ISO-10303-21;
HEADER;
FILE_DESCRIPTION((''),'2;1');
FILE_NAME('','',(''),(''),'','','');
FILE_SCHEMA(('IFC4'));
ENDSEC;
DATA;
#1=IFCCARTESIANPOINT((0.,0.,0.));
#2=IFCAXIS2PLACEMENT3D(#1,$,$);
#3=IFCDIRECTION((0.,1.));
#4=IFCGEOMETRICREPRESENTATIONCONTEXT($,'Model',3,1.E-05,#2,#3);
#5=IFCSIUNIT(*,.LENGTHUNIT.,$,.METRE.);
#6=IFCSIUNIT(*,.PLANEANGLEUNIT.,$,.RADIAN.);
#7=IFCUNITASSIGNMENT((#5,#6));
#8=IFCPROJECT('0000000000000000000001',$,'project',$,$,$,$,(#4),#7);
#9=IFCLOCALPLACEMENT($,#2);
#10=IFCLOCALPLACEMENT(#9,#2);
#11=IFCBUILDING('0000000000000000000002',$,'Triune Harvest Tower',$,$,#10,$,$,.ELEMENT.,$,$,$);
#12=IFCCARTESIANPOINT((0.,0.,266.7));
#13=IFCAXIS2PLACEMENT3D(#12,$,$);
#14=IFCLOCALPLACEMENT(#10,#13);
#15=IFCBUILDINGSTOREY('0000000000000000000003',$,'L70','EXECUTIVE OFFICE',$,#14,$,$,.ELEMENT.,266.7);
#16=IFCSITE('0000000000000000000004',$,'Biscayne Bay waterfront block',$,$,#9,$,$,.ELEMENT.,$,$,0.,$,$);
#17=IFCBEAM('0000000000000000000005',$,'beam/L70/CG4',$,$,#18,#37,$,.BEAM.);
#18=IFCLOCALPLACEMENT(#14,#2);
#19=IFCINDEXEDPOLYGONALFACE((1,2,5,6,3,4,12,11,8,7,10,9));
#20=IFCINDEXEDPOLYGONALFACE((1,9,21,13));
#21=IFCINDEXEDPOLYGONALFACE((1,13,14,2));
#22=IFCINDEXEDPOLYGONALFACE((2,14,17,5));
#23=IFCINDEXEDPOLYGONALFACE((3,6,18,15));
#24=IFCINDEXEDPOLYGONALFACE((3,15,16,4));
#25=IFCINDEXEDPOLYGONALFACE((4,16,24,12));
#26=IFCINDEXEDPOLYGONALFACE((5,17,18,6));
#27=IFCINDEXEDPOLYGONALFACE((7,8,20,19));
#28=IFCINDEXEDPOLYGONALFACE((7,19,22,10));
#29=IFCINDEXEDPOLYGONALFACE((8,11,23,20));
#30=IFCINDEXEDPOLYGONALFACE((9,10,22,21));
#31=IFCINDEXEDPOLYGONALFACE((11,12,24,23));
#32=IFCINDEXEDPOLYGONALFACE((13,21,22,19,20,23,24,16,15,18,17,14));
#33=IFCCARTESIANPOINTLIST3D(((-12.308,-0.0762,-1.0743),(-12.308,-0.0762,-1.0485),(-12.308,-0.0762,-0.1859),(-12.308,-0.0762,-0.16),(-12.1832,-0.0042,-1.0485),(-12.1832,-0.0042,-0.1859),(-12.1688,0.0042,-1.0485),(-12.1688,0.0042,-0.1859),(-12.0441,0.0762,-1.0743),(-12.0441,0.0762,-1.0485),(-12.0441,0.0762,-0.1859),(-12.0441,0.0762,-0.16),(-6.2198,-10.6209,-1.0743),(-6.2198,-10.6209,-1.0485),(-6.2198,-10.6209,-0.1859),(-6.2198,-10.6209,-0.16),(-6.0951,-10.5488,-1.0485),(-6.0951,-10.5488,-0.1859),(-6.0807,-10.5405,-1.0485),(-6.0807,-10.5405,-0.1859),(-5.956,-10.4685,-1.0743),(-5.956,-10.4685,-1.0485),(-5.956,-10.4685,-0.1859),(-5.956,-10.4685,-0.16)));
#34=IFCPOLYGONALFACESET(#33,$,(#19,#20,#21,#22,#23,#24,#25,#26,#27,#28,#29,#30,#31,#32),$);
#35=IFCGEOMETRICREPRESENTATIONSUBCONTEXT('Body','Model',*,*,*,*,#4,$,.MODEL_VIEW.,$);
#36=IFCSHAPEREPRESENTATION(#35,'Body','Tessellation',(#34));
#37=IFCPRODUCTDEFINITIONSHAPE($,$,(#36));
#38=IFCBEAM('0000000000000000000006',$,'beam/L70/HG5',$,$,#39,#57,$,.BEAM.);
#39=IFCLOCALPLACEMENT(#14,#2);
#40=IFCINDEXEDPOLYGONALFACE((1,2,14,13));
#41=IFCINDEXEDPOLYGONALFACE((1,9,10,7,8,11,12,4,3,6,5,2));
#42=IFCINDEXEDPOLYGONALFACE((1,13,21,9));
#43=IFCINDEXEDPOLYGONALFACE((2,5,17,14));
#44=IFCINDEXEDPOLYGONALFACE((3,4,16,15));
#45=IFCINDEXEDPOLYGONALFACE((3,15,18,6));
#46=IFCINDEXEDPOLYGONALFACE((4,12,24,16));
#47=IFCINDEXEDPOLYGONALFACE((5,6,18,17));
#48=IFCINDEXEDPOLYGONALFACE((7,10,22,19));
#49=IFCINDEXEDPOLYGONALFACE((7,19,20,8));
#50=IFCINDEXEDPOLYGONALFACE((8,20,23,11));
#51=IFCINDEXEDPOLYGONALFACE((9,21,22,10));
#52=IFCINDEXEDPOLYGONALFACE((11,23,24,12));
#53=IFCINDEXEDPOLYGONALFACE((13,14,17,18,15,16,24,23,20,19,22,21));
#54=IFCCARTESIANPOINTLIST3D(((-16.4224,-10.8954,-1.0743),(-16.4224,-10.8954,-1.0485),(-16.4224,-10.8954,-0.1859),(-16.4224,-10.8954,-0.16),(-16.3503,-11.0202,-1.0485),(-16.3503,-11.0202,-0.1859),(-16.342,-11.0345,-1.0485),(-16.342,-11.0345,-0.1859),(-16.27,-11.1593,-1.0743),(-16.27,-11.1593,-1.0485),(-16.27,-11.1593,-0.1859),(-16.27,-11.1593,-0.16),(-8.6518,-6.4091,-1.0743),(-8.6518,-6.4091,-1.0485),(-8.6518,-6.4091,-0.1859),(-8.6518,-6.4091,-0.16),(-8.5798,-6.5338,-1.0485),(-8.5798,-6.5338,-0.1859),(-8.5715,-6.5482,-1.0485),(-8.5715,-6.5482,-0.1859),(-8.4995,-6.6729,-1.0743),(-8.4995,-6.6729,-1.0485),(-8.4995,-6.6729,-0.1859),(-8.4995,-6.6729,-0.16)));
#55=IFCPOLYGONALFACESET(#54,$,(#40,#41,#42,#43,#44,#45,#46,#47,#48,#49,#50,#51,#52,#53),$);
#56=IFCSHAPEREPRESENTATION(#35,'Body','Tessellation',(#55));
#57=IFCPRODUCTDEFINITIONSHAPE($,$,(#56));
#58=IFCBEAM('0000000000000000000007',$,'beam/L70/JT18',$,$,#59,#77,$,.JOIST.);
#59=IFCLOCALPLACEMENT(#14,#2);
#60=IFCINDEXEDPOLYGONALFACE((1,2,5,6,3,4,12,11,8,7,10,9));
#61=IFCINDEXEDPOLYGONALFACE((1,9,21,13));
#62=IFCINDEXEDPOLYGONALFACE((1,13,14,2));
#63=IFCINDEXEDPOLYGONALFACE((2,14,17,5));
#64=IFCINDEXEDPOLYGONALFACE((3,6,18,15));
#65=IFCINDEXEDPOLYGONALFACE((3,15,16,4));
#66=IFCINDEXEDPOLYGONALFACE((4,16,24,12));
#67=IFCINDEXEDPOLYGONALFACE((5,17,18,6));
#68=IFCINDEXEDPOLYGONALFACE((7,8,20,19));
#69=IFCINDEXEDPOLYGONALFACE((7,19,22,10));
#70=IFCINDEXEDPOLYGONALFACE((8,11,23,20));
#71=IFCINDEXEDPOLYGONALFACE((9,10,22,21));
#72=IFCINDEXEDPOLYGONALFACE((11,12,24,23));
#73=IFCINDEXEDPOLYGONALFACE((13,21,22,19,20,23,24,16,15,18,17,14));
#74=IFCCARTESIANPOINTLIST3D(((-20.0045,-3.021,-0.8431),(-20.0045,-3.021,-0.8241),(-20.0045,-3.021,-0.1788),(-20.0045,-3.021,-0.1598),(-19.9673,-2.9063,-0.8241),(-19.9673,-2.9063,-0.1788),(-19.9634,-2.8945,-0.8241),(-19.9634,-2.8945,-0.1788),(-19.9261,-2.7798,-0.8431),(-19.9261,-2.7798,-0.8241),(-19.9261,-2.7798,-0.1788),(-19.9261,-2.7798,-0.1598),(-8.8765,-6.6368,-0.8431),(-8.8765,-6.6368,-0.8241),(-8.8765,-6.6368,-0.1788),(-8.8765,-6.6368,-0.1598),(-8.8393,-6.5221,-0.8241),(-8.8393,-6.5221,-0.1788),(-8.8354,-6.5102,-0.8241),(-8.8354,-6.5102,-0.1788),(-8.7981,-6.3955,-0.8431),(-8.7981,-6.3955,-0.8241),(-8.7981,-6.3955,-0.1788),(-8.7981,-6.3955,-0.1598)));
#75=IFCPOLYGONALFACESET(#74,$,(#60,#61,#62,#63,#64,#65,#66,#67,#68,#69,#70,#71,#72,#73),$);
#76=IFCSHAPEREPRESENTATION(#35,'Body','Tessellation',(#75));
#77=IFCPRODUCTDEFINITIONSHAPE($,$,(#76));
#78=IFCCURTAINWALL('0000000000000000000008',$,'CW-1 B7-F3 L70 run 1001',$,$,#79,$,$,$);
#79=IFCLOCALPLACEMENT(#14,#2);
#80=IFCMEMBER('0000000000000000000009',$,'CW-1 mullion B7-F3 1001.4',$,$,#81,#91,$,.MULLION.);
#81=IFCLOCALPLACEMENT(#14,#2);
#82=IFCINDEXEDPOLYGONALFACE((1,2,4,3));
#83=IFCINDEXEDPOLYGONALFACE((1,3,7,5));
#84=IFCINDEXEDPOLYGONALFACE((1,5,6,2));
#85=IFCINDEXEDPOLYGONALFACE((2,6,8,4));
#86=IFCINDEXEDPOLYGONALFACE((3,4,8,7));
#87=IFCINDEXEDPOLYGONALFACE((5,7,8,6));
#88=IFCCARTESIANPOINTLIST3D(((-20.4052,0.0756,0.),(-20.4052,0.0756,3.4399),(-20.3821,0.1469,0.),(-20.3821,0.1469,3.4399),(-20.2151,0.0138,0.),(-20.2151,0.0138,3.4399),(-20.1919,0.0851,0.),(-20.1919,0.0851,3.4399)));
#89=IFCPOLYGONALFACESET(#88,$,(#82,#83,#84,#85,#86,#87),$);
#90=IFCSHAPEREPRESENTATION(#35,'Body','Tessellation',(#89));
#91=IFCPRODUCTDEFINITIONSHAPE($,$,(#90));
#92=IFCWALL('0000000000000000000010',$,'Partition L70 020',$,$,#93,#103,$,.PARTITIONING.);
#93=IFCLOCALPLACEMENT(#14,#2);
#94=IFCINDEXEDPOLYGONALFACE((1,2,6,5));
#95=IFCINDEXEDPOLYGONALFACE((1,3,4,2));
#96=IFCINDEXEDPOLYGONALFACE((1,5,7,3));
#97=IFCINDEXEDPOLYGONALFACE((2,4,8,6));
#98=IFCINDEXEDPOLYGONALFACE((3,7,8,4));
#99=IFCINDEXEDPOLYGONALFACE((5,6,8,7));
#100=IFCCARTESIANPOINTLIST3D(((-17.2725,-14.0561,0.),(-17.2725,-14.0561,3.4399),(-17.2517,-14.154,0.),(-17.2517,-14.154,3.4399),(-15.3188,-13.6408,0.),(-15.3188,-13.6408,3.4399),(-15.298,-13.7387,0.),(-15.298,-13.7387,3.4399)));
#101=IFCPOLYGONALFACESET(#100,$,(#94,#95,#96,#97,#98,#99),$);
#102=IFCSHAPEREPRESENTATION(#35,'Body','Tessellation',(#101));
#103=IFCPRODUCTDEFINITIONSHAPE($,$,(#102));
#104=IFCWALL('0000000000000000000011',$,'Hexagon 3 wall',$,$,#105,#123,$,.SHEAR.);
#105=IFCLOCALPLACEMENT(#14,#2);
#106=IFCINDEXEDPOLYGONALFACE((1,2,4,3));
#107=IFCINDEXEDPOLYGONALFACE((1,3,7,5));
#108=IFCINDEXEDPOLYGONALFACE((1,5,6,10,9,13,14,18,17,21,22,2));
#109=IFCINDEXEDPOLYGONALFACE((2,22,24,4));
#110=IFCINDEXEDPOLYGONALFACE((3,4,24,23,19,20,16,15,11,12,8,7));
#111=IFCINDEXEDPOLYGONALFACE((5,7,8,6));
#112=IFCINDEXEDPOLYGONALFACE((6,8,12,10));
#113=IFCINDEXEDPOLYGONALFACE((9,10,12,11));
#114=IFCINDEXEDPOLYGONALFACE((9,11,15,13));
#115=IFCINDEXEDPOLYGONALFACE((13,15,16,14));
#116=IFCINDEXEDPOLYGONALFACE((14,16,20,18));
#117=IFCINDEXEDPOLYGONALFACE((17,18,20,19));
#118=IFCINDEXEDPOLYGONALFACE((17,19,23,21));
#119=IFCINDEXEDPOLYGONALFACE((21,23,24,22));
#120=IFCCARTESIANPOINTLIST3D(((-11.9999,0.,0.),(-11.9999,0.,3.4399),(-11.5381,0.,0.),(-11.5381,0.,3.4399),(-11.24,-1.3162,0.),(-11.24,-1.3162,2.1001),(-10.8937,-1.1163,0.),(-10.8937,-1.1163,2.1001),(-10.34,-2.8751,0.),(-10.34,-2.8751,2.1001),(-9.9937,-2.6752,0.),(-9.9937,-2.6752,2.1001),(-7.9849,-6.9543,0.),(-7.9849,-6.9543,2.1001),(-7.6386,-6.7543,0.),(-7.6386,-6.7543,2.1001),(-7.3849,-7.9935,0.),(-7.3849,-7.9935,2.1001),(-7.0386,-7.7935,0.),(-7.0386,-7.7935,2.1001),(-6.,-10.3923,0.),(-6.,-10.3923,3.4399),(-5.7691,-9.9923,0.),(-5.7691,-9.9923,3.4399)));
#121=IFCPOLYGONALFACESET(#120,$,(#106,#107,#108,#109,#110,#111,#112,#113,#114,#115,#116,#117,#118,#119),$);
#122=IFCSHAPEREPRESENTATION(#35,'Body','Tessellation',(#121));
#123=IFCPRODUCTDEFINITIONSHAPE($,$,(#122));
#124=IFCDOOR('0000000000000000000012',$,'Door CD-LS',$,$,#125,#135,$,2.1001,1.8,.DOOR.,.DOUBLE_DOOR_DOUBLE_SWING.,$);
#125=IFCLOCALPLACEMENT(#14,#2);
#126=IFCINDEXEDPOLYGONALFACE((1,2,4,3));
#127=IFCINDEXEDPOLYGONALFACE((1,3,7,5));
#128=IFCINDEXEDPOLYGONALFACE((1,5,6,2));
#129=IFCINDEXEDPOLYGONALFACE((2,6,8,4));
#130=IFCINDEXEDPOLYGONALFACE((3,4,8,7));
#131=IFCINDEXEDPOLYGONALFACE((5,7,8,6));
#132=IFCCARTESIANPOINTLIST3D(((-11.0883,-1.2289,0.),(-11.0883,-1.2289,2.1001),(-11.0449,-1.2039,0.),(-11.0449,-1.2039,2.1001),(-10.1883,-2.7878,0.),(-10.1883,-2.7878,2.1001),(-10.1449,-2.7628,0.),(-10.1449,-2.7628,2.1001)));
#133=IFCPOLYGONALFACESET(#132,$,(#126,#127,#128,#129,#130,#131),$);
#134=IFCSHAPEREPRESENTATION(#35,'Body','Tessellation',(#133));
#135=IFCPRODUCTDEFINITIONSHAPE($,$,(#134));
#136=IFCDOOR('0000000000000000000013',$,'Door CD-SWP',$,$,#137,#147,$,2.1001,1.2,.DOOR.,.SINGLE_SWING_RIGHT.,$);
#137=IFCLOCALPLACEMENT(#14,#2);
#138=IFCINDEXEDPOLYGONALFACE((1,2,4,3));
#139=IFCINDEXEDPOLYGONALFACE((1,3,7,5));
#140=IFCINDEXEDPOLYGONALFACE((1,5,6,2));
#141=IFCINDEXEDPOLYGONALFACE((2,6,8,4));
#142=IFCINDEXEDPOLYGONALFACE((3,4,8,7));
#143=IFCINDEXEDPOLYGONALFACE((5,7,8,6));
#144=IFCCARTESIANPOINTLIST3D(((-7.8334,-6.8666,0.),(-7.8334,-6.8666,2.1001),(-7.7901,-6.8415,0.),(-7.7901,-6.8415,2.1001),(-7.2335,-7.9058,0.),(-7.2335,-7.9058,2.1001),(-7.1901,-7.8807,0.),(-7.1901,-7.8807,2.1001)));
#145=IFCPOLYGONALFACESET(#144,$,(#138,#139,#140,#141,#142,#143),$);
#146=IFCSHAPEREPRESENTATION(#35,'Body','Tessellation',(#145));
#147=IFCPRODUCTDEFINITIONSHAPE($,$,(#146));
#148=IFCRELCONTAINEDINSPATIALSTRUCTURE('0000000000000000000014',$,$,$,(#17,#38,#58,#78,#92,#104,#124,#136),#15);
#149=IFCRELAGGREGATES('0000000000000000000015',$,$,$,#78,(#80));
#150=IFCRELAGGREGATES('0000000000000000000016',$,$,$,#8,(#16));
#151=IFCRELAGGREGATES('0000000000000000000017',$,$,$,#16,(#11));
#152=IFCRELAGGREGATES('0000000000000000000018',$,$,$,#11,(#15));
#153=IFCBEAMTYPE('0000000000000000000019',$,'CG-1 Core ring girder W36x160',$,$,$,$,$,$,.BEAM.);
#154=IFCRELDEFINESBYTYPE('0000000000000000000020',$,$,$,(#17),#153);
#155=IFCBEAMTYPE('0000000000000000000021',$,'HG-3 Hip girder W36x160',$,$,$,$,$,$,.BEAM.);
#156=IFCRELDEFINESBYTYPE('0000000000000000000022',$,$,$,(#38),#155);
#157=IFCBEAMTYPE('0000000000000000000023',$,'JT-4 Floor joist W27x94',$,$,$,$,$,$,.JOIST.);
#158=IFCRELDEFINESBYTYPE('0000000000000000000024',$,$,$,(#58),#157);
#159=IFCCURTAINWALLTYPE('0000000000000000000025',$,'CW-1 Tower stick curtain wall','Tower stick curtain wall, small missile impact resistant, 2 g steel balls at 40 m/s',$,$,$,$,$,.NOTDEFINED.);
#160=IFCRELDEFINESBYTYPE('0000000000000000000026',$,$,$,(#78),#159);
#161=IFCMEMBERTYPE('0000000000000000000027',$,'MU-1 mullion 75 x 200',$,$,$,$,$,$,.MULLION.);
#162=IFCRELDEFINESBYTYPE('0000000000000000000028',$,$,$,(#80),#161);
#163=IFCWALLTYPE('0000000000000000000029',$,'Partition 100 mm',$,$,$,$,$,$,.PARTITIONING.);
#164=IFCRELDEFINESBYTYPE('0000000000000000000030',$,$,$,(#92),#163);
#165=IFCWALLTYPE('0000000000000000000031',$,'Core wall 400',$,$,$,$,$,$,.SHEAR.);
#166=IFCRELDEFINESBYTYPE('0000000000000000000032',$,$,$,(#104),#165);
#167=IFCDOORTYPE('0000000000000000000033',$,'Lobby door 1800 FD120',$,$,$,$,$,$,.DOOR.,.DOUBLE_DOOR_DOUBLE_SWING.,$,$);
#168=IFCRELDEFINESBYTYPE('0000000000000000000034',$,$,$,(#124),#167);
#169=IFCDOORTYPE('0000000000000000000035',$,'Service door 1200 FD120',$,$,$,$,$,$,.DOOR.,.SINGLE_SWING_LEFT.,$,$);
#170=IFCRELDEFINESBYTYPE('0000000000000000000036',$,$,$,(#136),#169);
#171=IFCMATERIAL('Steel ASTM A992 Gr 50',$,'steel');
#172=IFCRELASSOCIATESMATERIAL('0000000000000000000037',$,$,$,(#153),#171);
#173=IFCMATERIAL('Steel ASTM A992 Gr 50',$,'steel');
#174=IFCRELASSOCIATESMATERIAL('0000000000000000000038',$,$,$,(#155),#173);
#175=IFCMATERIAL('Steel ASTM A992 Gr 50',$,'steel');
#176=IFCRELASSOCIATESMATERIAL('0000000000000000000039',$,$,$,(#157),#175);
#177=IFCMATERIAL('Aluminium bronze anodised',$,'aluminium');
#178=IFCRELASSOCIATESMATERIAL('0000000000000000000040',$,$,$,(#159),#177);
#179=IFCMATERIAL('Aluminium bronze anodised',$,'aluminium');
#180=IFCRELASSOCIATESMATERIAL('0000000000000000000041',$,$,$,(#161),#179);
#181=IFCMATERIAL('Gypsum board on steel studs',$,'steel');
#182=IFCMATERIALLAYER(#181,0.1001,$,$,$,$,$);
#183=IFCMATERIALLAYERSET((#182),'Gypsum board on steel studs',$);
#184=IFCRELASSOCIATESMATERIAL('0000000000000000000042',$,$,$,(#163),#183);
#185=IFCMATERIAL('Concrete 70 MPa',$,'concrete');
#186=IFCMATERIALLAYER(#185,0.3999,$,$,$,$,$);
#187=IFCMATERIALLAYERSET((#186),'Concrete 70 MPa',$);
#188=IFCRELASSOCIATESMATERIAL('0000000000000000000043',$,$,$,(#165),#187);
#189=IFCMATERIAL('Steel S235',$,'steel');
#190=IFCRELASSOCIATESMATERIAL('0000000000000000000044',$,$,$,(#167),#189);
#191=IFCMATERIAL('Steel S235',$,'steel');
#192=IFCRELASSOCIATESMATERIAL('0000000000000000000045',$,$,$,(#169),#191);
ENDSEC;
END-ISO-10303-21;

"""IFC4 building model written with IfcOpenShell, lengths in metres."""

from ifc_helpers import new_model, si_unit, direction, frame, frame_2d, origin, origin_2d, place, context, subcontext, project, spatial, polyline, rectangle, i_section, outline, extrude, source, transform, mapped, material, layer, layer_set, material_profile, profile_set, type_object, element, fill, aggregate, save


model = new_model("IFC4")

# Units and contexts
model_context = context("Model", 3, precision=1e-05, world=origin(), true_north=direction((0.0, 1.0)))
body_context = subcontext(model_context, "Body", "Model", "MODEL_VIEW")
ifc_project = project(units=[si_unit("LENGTHUNIT", "METRE"), si_unit("PLANEANGLEUNIT", "RADIAN")], contexts=[model_context])

# Site, building, storey
site_placement = place(None, origin())
site = spatial("IfcSite", under=ifc_project, at=site_placement, Name="Biscayne Bay waterfront block", CompositionType="ELEMENT", RefElevation=0.0)
building_placement = place(site_placement, origin())
building = spatial("IfcBuilding", under=site, at=building_placement, Name="Triune Harvest Tower", CompositionType="ELEMENT")
storey_placement = place(building_placement, frame((0.0, 0.0, 266.7)))
storey = spatial("IfcBuildingStorey", under=building, at=storey_placement, Name="L70", Description="EXECUTIVE OFFICE", CompositionType="ELEMENT", Elevation=266.7)

# Beams
ifc_material_1 = material(Name="Steel ASTM A992 Gr 50", Category="steel")
ifc_material_profile_1 = material_profile(ifc_material_1, i_section(OverallWidth=0.3047, OverallDepth=0.9143, WebThickness=0.0166, FlangeThickness=0.0259, at=origin_2d()), Name="W36x160")
ifc_profile_set_1 = profile_set([ifc_material_profile_1], Name="Steel ASTM A992 Gr 50")
beam_type_1 = type_object("IfcBeamType", Name="CG-1 Core ring girder W36x160", PredefinedType="BEAM", material=ifc_profile_set_1)
shared_shape_1 = source(origin(), body_context, "Body", "SweptSolid", [
    extrude(i_section(OverallWidth=0.3047, OverallDepth=0.9143, WebThickness=0.0166, FlangeThickness=0.0259, at=origin_2d()), origin(), (0.0, 0.0, 1.0), 12.176),
])
beam_1_placement = place(storey_placement, frame((-12.176, 0.0, -0.6172), z_axis=(0.50001, -0.86602, 0.0), x_axis=(0.86602, 0.50001, 0.0)))
element("IfcBeam", 1, at=beam_1_placement, inside=storey, type_object=beam_type_1, Name="beam/L70/CG4", PredefinedType="BEAM", context=body_context, shape_type="MappedRepresentation", body=[
    mapped(shared_shape_1, transform((0.0, 0.0, 0.0), scale=1.0)),
])
ifc_material_2 = material(Name="Steel ASTM A992 Gr 50", Category="steel")
ifc_material_profile_2 = material_profile(ifc_material_2, i_section(OverallWidth=0.3047, OverallDepth=0.9143, WebThickness=0.0166, FlangeThickness=0.0259, at=origin_2d()), Name="W36x160")
ifc_profile_set_2 = profile_set([ifc_material_profile_2], Name="Steel ASTM A992 Gr 50")
beam_type_2 = type_object("IfcBeamType", Name="HG-3 Hip girder W36x160", PredefinedType="BEAM", material=ifc_profile_set_2)
shared_shape_2 = source(origin(), body_context, "Body", "SweptSolid", [
    extrude(i_section(OverallWidth=0.3047, OverallDepth=0.9143, WebThickness=0.0166, FlangeThickness=0.0259, at=origin_2d()), origin(), (0.0, 0.0, 1.0), 8.9727),
])
beam_2_placement = place(storey_placement, frame((-16.3462, -11.0273, -0.6172), z_axis=(0.866024, 0.500002, 0.0), x_axis=(-0.500002, 0.866024, 0.0)))
element("IfcBeam", 2, at=beam_2_placement, inside=storey, type_object=beam_type_2, Name="beam/L70/HG5", PredefinedType="BEAM", context=body_context, shape_type="MappedRepresentation", body=[
    mapped(shared_shape_2, transform((0.0, 0.0, 0.0), scale=1.0)),
])
ifc_material_3 = material(Name="Steel ASTM A992 Gr 50", Category="steel")
ifc_material_profile_3 = material_profile(ifc_material_3, i_section(OverallWidth=0.2537, OverallDepth=0.6833, WebThickness=0.0125, FlangeThickness=0.019, at=origin_2d()), Name="W27x94")
ifc_profile_set_3 = profile_set([ifc_material_profile_3], Name="Steel ASTM A992 Gr 50")
beam_type_3 = type_object("IfcBeamType", Name="JT-4 Floor joist W27x94", PredefinedType="JOIST", material=ifc_profile_set_3)
shared_shape_3 = source(origin(), body_context, "Body", "SweptSolid", [
    extrude(i_section(OverallWidth=0.2537, OverallDepth=0.6833, WebThickness=0.0125, FlangeThickness=0.019, at=origin_2d()), origin(), (0.0, 0.0, 1.0), 11.7007),
])
beam_3_placement = place(storey_placement, frame((-19.9653, -2.9004, -0.5015), z_axis=(0.951056, -0.30902, 0.0), x_axis=(0.30902, 0.951056, 0.0)))
element("IfcBeam", 3, at=beam_3_placement, inside=storey, type_object=beam_type_3, Name="beam/L70/JT18", PredefinedType="JOIST", context=body_context, shape_type="MappedRepresentation", body=[
    mapped(shared_shape_3, transform((0.0, 0.0, 0.0), scale=1.0)),
])

# Curtain wall, member
ifc_material_4 = material(Name="Aluminium bronze anodised", Category="aluminium")
curtain_wall_type = type_object("IfcCurtainWallType", Name="CW-1 Tower stick curtain wall", Description="Tower stick curtain wall, small missile impact resistant, 2 g steel balls at 40 m/s", PredefinedType="NOTDEFINED", material=ifc_material_4)
curtain_wall_placement = place(storey_placement, origin())
curtain_wall = element("IfcCurtainWall", 4, at=curtain_wall_placement, inside=storey, type_object=curtain_wall_type, Name="CW-1 B7-F3 L70 run 1001")
ifc_material_5 = material(Name="Aluminium bronze anodised", Category="aluminium")
ifc_material_profile_4 = material_profile(ifc_material_5, rectangle(XDim=0.2, YDim=0.075, at=origin_2d()), Name="MU-1 mullion 75 x 200")
ifc_profile_set_4 = profile_set([ifc_material_profile_4], Name="Aluminium bronze anodised")
member_type = type_object("IfcMemberType", Name="MU-1 mullion 75 x 200", PredefinedType="MULLION", material=ifc_profile_set_4)
shared_shape_4 = source(origin(), body_context, "Body", "SweptSolid", [
    extrude(rectangle(XDim=0.2, YDim=0.075, at=origin_2d()), origin(), (0.0, 0.0, 1.0), 3.4399),
])
member_placement = place(storey_placement, frame((-20.2986, 0.0803, 0.0), z_axis=(0.0, 0.0, 1.0), x_axis=(0.951054, -0.309024, 0.0)))
member = element("IfcMember", 5, at=member_placement, type_object=member_type, Name="CW-1 mullion B7-F3 1001.4", PredefinedType="MULLION", context=body_context, shape_type="MappedRepresentation", body=[
    mapped(shared_shape_4, transform((0.0, 0.0, 0.0), scale=1.0)),
])
aggregate(curtain_wall, [member])

# Wall
ifc_material_6 = material(Name="Gypsum board on steel studs", Category="steel")
ifc_layer_1 = layer(ifc_material_6, 0.1001)
ifc_layer_set_1 = layer_set([ifc_layer_1], Name="Gypsum board on steel studs")
wall_type_1 = type_object("IfcWallType", Name="Partition 100 mm", PredefinedType="PARTITIONING", material=ifc_layer_set_1)
wall_1_placement = place(storey_placement, frame((-17.262, -14.105, 0.0), z_axis=(0.0, 0.0, 1.0), x_axis=(0.978145, 0.207926, 0.0)))
element("IfcWall", 6, at=wall_1_placement, inside=storey, type_object=wall_type_1, Name="Partition L70 020", PredefinedType="PARTITIONING", context=body_context, shape_type="SweptSolid", body=[
    extrude(rectangle(XDim=1.9973, YDim=0.1001, at=frame_2d((0.9985, 0.0))), origin(), (0.0, 0.0, 1.0), 3.4399),
])

# Wall, openings, doors
ifc_material_7 = material(Name="Concrete 70 MPa", Category="concrete")
ifc_layer_2 = layer(ifc_material_7, 0.3999)
ifc_layer_set_2 = layer_set([ifc_layer_2], Name="Concrete 70 MPa")
wall_type_2 = type_object("IfcWallType", Name="Core wall 400", PredefinedType="SHEAR", material=ifc_layer_set_2)
shared_shape_5 = source(origin(), body_context, "Body", "SweptSolid", [
    extrude(outline(polyline([(-0.1155, -0.2), (11.8845, -0.2), (11.6536, 0.2), (0.1155, 0.2), (-0.1155, -0.2)])), origin(), (0.0, 0.0, 1.0), 3.4399),
])
wall_2_placement = place(storey_placement, frame((-11.769, 0.0, 0.0), z_axis=(0.0, 0.0, 1.0), x_axis=(0.499997, -0.866027, 0.0)))
wall_2 = element("IfcWall", 7, at=wall_2_placement, inside=storey, type_object=wall_type_2, Name="Hexagon 3 wall", PredefinedType="SHEAR", context=body_context, shape_type="MappedRepresentation", body=[
    mapped(shared_shape_5, transform((0.0, 0.0, 0.0), scale=1.0)),
])
opening_1_placement = place(wall_2_placement, frame((1.4045, 0.0, 0.0)))
opening_1 = element("IfcOpeningElement", 8, at=opening_1_placement, cuts=wall_2, PredefinedType="OPENING", context=body_context, shape_type="SweptSolid", body=[
    extrude(rectangle(XDim=1.8, YDim=2.1001, at=frame_2d((0.8999, 1.05))), frame((0.0, 0.21, 0.0), z_axis=(0.0, -1.0, 0.0), x_axis=(1.0, 0.0, 0.0)), (0.0, 0.0, 1.0), 0.4199),
])
opening_2_placement = place(wall_2_placement, frame((7.9146, 0.0, 0.0)))
opening_2 = element("IfcOpeningElement", 9, at=opening_2_placement, cuts=wall_2, PredefinedType="OPENING", context=body_context, shape_type="SweptSolid", body=[
    extrude(rectangle(XDim=1.2, YDim=2.1001, at=frame_2d((0.6001, 1.05))), frame((0.0, 0.21, 0.0), z_axis=(0.0, -1.0, 0.0), x_axis=(1.0, 0.0, 0.0)), (0.0, 0.0, 1.0), 0.4199),
])
ifc_material_8 = material(Name="Steel S235", Category="steel")
door_type_1 = type_object("IfcDoorType", Name="Lobby door 1800 FD120", OperationType="DOUBLE_DOOR_DOUBLE_SWING", PredefinedType="DOOR", material=ifc_material_8)
door_1_placement = place(opening_1_placement, frame((1.8, 0.0, 0.0), z_axis=(0.0, 0.0, 1.0), x_axis=(-1.0, 0.0, 0.0)))
door_1 = element("IfcDoor", 10, at=door_1_placement, inside=storey, type_object=door_type_1, Name="Door CD-LS", OperationType="DOUBLE_DOOR_DOUBLE_SWING", OverallHeight=2.1001, OverallWidth=1.8, PredefinedType="DOOR", context=body_context, shape_type="SweptSolid", body=[
    extrude(rectangle(XDim=1.8, YDim=2.1001, at=frame_2d((0.8999, 1.05))), frame((0.0, 0.0249, 0.0), z_axis=(0.0, -1.0, 0.0), x_axis=(1.0, 0.0, 0.0)), (0.0, 0.0, 1.0), 0.05),
])
fill(opening_1, door_1)
ifc_material_9 = material(Name="Steel S235", Category="steel")
door_type_2 = type_object("IfcDoorType", Name="Service door 1200 FD120", OperationType="SINGLE_SWING_LEFT", PredefinedType="DOOR", material=ifc_material_9)
door_2_placement = place(opening_2_placement, frame((1.2, 0.0, 0.0), z_axis=(0.0, 0.0, 1.0), x_axis=(-1.0, 0.0, 0.0)))
door_2 = element("IfcDoor", 11, at=door_2_placement, inside=storey, type_object=door_type_2, Name="Door CD-SWP", OperationType="SINGLE_SWING_RIGHT", OverallHeight=2.1001, OverallWidth=1.2, PredefinedType="DOOR", context=body_context, shape_type="SweptSolid", body=[
    extrude(rectangle(XDim=1.2, YDim=2.1001, at=frame_2d((0.6001, 1.05))), frame((0.0, 0.0249, 0.0), z_axis=(0.0, -1.0, 0.0), x_axis=(1.0, 0.0, 0.0)), (0.0, 0.0, 1.0), 0.05),
])
fill(opening_2, door_2)

save(model, "model.ifc")
